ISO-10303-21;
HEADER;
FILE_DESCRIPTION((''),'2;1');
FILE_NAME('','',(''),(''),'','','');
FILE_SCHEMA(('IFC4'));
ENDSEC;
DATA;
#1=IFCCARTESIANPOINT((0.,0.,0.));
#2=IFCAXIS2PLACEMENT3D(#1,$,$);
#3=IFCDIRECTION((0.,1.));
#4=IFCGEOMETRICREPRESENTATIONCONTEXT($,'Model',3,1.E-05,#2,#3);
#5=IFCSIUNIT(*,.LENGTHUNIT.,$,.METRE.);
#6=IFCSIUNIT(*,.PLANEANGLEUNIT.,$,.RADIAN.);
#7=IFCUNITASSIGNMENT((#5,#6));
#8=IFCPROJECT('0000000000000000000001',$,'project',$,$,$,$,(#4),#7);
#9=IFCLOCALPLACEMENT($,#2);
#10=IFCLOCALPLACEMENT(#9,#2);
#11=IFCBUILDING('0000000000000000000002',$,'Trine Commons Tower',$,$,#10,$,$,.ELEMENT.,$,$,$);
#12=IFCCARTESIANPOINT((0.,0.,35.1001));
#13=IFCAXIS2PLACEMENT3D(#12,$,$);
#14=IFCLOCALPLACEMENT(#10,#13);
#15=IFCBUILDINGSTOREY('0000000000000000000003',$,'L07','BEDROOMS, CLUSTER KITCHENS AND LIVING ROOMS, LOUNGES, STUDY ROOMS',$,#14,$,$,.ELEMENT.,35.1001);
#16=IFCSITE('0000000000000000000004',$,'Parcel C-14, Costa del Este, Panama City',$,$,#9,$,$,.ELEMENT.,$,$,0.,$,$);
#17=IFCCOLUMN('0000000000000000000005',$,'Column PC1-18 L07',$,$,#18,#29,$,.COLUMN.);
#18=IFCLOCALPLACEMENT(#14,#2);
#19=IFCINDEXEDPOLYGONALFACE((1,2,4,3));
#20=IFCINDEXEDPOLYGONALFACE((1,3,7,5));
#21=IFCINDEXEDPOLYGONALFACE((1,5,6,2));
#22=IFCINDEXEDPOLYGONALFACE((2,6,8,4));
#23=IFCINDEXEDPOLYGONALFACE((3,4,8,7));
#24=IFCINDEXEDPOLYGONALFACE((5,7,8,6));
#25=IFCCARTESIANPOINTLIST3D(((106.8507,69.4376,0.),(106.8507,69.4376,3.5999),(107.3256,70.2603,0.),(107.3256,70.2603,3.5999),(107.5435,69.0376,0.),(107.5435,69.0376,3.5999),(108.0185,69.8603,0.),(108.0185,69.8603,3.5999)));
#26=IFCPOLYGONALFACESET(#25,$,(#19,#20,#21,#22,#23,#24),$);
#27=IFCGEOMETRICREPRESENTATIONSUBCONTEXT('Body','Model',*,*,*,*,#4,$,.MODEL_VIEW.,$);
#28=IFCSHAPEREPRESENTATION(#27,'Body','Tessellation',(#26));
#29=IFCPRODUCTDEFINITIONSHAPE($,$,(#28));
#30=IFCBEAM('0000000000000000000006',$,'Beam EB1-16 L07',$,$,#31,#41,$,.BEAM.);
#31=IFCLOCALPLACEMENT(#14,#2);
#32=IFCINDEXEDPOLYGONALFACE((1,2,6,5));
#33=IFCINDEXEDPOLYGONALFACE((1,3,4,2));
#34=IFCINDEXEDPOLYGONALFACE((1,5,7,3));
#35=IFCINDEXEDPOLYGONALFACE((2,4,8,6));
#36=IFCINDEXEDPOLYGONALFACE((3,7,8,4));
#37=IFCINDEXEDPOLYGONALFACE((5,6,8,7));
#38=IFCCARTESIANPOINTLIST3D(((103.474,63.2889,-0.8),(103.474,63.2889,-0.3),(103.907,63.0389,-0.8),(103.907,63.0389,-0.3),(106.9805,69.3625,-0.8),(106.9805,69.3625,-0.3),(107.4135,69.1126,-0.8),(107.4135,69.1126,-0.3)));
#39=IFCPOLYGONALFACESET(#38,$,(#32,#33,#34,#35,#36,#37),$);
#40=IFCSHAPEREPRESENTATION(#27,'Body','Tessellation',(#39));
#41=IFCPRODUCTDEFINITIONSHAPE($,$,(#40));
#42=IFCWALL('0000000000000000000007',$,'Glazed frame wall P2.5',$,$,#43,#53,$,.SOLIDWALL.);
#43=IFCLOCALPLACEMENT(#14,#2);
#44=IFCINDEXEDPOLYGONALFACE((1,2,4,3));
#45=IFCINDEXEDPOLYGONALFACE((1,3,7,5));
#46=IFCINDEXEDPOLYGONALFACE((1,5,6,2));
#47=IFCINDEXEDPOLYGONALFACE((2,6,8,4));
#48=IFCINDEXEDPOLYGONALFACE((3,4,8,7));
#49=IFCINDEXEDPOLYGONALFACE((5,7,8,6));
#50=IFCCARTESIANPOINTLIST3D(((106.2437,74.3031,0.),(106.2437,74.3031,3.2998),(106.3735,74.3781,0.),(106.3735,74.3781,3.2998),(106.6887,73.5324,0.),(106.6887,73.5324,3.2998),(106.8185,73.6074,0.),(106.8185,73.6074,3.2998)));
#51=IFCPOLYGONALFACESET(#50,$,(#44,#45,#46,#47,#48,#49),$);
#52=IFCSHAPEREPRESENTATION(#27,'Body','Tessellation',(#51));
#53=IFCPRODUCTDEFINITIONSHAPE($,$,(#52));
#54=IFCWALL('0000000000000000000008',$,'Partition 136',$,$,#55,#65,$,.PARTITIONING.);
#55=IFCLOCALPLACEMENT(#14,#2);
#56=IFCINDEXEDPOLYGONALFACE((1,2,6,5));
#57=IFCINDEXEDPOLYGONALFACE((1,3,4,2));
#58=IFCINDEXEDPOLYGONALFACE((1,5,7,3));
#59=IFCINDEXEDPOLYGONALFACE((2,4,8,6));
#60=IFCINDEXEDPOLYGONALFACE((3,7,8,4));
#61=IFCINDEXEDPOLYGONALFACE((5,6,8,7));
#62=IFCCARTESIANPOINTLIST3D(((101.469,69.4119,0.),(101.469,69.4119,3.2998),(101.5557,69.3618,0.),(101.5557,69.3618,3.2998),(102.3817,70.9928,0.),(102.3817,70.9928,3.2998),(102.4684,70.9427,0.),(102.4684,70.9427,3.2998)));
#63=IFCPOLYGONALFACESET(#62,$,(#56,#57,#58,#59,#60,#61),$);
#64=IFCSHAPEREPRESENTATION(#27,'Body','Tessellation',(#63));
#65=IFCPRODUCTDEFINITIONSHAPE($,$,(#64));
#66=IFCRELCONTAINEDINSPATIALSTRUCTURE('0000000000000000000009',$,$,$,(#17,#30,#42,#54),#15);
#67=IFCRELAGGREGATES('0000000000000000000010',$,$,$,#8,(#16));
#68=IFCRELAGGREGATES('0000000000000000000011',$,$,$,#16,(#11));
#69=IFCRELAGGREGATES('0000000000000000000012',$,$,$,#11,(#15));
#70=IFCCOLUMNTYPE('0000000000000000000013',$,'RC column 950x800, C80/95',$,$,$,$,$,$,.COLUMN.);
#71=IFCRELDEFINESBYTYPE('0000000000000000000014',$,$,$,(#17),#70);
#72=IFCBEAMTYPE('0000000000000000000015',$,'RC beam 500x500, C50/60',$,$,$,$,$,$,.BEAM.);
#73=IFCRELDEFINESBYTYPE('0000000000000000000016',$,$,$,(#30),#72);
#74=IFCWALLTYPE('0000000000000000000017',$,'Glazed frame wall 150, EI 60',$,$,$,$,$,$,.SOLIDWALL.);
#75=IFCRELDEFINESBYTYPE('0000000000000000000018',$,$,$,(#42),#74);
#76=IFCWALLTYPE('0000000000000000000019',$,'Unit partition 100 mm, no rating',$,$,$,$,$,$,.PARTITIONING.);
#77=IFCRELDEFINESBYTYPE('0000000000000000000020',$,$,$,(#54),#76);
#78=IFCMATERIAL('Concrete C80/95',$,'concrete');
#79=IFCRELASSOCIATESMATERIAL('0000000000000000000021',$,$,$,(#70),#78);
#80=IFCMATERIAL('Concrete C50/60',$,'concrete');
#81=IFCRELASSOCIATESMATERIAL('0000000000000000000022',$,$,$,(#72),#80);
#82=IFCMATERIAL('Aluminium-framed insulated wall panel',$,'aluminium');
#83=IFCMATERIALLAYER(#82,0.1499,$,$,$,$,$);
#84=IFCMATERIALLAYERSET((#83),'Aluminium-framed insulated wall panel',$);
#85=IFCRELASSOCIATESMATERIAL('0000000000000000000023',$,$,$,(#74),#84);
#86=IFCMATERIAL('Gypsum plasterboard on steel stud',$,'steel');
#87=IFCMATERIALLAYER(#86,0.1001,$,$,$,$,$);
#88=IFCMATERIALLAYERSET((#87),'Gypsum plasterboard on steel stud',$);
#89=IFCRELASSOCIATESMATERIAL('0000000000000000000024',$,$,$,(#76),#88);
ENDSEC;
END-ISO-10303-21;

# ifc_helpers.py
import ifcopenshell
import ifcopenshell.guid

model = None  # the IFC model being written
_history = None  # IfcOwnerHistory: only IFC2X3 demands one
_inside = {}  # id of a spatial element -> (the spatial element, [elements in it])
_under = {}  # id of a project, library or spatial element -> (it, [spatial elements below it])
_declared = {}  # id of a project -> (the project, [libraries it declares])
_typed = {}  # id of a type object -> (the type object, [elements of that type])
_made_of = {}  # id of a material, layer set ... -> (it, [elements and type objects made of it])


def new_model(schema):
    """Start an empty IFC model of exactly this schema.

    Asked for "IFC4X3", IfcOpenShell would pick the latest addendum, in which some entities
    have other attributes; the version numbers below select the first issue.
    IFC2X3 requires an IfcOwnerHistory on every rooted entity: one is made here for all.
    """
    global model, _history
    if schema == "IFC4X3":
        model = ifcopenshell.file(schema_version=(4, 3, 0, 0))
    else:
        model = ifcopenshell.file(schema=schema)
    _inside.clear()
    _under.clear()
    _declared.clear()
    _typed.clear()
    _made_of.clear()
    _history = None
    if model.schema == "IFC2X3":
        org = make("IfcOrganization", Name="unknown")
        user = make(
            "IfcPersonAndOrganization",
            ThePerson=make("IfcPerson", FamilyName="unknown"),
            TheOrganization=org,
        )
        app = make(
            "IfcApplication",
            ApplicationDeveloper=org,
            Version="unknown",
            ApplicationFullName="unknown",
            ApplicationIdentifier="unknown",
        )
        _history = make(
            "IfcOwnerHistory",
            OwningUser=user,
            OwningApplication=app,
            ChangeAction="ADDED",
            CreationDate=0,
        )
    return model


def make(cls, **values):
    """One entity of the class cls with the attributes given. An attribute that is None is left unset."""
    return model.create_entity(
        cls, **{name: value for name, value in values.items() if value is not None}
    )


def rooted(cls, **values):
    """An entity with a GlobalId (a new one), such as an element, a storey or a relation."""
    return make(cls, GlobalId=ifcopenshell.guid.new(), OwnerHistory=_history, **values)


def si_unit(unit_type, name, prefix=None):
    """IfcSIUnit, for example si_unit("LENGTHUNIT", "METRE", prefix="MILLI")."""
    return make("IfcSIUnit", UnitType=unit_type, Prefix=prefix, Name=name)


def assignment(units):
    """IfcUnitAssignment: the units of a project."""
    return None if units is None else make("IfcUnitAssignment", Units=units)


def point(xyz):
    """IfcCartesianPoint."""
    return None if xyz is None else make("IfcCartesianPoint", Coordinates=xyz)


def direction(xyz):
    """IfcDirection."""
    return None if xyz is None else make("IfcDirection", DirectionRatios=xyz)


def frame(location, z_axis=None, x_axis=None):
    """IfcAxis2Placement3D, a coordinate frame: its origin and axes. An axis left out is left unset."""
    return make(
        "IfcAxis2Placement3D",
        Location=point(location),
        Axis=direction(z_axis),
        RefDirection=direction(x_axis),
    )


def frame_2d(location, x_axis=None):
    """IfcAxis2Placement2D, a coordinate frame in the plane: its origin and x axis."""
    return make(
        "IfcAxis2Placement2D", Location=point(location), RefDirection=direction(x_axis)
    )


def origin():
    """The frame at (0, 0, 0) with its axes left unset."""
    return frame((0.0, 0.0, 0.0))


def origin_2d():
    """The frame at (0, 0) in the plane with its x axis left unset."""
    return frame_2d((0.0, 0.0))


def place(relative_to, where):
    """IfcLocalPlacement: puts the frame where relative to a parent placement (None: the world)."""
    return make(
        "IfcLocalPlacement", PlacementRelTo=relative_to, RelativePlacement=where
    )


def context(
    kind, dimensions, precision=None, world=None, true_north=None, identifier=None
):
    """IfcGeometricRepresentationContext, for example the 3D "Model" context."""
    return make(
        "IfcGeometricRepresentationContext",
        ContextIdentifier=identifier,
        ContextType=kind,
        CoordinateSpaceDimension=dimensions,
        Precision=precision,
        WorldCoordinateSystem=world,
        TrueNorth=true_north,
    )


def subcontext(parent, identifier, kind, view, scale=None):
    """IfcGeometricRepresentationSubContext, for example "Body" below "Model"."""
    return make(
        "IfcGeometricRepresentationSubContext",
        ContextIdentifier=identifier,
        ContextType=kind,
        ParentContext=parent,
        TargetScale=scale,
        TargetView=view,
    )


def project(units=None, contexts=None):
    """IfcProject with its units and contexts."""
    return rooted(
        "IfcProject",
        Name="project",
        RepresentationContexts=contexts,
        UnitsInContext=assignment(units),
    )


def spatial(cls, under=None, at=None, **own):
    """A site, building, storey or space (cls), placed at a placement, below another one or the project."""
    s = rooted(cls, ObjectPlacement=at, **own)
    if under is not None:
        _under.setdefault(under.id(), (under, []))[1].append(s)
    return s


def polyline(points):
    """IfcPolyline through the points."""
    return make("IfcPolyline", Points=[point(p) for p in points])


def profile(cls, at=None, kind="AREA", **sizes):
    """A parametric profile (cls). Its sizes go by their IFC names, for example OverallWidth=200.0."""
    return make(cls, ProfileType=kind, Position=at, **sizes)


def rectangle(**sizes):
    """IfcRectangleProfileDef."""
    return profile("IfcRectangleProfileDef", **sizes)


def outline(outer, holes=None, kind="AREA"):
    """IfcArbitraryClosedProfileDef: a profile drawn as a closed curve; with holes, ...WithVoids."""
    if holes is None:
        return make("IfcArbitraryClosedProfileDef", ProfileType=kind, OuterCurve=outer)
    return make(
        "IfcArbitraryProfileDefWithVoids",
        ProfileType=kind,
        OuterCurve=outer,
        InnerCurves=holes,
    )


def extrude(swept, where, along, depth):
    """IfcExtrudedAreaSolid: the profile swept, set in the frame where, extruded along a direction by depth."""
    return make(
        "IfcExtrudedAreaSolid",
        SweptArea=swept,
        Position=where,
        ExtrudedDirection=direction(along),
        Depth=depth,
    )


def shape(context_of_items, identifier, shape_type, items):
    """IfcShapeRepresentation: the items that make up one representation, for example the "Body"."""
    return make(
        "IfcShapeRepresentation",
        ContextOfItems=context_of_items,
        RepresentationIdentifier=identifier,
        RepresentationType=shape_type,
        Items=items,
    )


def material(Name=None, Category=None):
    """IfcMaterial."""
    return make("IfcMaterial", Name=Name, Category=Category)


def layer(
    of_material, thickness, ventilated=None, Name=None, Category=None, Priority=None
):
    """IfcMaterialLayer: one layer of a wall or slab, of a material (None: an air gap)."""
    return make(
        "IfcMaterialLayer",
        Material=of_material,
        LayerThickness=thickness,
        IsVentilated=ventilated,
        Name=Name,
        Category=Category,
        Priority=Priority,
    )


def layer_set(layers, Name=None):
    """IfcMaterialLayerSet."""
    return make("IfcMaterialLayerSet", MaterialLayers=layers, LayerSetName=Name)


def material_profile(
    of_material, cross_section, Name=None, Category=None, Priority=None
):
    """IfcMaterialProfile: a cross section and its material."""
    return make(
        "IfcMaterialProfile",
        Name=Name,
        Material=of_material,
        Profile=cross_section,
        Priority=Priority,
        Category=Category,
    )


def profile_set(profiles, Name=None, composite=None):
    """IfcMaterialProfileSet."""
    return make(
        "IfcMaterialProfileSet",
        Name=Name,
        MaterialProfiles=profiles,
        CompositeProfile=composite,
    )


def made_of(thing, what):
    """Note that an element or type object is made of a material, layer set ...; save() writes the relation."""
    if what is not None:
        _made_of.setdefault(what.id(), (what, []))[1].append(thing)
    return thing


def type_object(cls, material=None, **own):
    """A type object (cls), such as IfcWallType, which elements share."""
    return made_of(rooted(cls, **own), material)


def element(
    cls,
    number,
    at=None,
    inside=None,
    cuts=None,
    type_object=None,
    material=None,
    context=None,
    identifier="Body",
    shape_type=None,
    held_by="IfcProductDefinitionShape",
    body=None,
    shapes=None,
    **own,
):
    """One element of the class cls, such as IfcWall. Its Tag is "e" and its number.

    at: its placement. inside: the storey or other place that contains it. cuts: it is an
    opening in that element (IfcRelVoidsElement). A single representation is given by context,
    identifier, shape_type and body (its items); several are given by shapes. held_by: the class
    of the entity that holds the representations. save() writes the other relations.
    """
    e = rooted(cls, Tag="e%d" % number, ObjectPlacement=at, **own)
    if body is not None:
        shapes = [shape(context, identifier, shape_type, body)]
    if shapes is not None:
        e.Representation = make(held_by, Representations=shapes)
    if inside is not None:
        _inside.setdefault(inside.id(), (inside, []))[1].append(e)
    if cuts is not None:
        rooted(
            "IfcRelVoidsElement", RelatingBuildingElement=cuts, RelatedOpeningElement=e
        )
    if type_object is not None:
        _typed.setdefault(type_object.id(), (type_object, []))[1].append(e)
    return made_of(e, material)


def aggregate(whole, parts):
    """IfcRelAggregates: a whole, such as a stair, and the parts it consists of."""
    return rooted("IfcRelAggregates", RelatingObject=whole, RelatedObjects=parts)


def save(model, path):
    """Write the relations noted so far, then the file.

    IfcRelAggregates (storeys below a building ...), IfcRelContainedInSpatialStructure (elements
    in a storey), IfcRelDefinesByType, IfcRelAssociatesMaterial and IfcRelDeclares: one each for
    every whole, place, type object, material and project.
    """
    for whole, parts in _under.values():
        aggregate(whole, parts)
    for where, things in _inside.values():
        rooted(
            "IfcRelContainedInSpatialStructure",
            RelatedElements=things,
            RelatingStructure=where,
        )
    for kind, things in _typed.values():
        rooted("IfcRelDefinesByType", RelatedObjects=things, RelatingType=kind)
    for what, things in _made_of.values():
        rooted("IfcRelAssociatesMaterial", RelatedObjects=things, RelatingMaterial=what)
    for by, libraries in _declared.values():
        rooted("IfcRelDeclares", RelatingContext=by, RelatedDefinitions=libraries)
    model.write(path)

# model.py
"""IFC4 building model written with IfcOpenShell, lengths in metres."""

from ifc_helpers import new_model, si_unit, direction, frame, frame_2d, origin, origin_2d, place, context, subcontext, project, spatial, polyline, rectangle, outline, extrude, material, layer, layer_set, material_profile, profile_set, type_object, element, save


model = new_model("IFC4")

# Units and contexts
model_context = context("Model", 3, precision=1e-05, world=origin(), true_north=direction((0.0, 1.0)))
body_context = subcontext(model_context, "Body", "Model", "MODEL_VIEW")
ifc_project = project(units=[si_unit("LENGTHUNIT", "METRE"), si_unit("PLANEANGLEUNIT", "RADIAN")], contexts=[model_context])

# Site, building, storey
site_placement = place(None, origin())
site = spatial("IfcSite", under=ifc_project, at=site_placement, Name="Parcel C-14, Costa del Este, Panama City", CompositionType="ELEMENT", RefElevation=0.0)
building_placement = place(site_placement, origin())
building = spatial("IfcBuilding", under=site, at=building_placement, Name="Trine Commons Tower", CompositionType="ELEMENT")
storey_placement = place(building_placement, frame((0.0, 0.0, 35.1001)))
storey = spatial("IfcBuildingStorey", under=building, at=storey_placement, Name="L07", Description="BEDROOMS, CLUSTER KITCHENS AND LIVING ROOMS, LOUNGES, STUDY ROOMS", CompositionType="ELEMENT", Elevation=35.1001)

# Column
ifc_material_1 = material(Name="Concrete C80/95", Category="concrete")
ifc_material_profile_1 = material_profile(ifc_material_1, rectangle(XDim=0.95, YDim=0.8, at=origin_2d()), Name="RC 950x800")
ifc_profile_set_1 = profile_set([ifc_material_profile_1], Name="Concrete C80/95")
column_type = type_object("IfcColumnType", Name="RC column 950x800, C80/95", PredefinedType="COLUMN", material=ifc_profile_set_1)
column_placement = place(storey_placement, frame((107.4346, 69.6489, 0.0), z_axis=(0.0, 0.0, 1.0), x_axis=(0.5, 0.866025, 0.0)))
element("IfcColumn", 1, at=column_placement, inside=storey, type_object=column_type, Name="Column PC1-18 L07", PredefinedType="COLUMN", context=body_context, shape_type="SweptSolid", body=[
    extrude(rectangle(XDim=0.95, YDim=0.8, at=origin_2d()), origin(), (0.0, 0.0, 1.0), 3.5999),
])

# Beam
ifc_material_2 = material(Name="Concrete C50/60", Category="concrete")
ifc_material_profile_2 = material_profile(ifc_material_2, rectangle(XDim=0.5, YDim=0.5, at=origin_2d()), Name="RC 500x500")
ifc_profile_set_2 = profile_set([ifc_material_profile_2], Name="Concrete C50/60")
beam_type = type_object("IfcBeamType", Name="RC beam 500x500, C50/60", PredefinedType="BEAM", material=ifc_profile_set_2)
beam_placement = place(storey_placement, frame((107.197, 69.2375, -0.55), z_axis=(-0.499992, -0.86603, 0.0), x_axis=(0.86603, -0.499992, 0.0)))
element("IfcBeam", 2, at=beam_placement, inside=storey, type_object=beam_type, Name="Beam EB1-16 L07", PredefinedType="BEAM", context=body_context, shape_type="SweptSolid", body=[
    extrude(rectangle(XDim=0.5, YDim=0.5, at=origin_2d()), origin(), (0.0, 0.0, 1.0), 7.0132),
])

# Wall
ifc_material_3 = material(Name="Aluminium-framed insulated wall panel", Category="aluminium")
ifc_layer_1 = layer(ifc_material_3, 0.1499)
ifc_layer_set_1 = layer_set([ifc_layer_1], Name="Aluminium-framed insulated wall panel")
wall_type_1 = type_object("IfcWallType", Name="Glazed frame wall 150, EI 60", PredefinedType="SOLIDWALL", material=ifc_layer_set_1)
wall_1_placement = place(storey_placement, frame((106.3086, 74.3406, 0.0), z_axis=(0.0, 0.0, 1.0), x_axis=(0.500025, -0.866011, 0.0)))
element("IfcWall", 3, at=wall_1_placement, inside=storey, type_object=wall_type_1, Name="Glazed frame wall P2.5", PredefinedType="SOLIDWALL", context=body_context, shape_type="SweptSolid", body=[
    extrude(outline(polyline([(0.8899, 0.075), (0.0, 0.075), (0.0, -0.075), (0.8899, -0.075), (0.8899, 0.075)])), origin(), (0.0, 0.0, 1.0), 3.2998),
])

# Wall
ifc_material_4 = material(Name="Gypsum plasterboard on steel stud", Category="steel")
ifc_layer_2 = layer(ifc_material_4, 0.1001)
ifc_layer_set_2 = layer_set([ifc_layer_2], Name="Gypsum plasterboard on steel stud")
wall_type_2 = type_object("IfcWallType", Name="Unit partition 100 mm, no rating", PredefinedType="PARTITIONING", material=ifc_layer_set_2)
wall_2_placement = place(storey_placement, frame((101.5125, 69.387, 0.0), z_axis=(0.0, 0.0, 1.0), x_axis=(0.499966, 0.866045, 0.0)))
element("IfcWall", 4, at=wall_2_placement, inside=storey, type_object=wall_type_2, Name="Partition 136", PredefinedType="PARTITIONING", context=body_context, shape_type="SweptSolid", body=[
    extrude(rectangle(XDim=1.8254, YDim=0.1001, at=frame_2d((0.9126, 0.0))), origin(), (0.0, 0.0, 1.0), 3.2998),
])

save(model, "model.ifc")
